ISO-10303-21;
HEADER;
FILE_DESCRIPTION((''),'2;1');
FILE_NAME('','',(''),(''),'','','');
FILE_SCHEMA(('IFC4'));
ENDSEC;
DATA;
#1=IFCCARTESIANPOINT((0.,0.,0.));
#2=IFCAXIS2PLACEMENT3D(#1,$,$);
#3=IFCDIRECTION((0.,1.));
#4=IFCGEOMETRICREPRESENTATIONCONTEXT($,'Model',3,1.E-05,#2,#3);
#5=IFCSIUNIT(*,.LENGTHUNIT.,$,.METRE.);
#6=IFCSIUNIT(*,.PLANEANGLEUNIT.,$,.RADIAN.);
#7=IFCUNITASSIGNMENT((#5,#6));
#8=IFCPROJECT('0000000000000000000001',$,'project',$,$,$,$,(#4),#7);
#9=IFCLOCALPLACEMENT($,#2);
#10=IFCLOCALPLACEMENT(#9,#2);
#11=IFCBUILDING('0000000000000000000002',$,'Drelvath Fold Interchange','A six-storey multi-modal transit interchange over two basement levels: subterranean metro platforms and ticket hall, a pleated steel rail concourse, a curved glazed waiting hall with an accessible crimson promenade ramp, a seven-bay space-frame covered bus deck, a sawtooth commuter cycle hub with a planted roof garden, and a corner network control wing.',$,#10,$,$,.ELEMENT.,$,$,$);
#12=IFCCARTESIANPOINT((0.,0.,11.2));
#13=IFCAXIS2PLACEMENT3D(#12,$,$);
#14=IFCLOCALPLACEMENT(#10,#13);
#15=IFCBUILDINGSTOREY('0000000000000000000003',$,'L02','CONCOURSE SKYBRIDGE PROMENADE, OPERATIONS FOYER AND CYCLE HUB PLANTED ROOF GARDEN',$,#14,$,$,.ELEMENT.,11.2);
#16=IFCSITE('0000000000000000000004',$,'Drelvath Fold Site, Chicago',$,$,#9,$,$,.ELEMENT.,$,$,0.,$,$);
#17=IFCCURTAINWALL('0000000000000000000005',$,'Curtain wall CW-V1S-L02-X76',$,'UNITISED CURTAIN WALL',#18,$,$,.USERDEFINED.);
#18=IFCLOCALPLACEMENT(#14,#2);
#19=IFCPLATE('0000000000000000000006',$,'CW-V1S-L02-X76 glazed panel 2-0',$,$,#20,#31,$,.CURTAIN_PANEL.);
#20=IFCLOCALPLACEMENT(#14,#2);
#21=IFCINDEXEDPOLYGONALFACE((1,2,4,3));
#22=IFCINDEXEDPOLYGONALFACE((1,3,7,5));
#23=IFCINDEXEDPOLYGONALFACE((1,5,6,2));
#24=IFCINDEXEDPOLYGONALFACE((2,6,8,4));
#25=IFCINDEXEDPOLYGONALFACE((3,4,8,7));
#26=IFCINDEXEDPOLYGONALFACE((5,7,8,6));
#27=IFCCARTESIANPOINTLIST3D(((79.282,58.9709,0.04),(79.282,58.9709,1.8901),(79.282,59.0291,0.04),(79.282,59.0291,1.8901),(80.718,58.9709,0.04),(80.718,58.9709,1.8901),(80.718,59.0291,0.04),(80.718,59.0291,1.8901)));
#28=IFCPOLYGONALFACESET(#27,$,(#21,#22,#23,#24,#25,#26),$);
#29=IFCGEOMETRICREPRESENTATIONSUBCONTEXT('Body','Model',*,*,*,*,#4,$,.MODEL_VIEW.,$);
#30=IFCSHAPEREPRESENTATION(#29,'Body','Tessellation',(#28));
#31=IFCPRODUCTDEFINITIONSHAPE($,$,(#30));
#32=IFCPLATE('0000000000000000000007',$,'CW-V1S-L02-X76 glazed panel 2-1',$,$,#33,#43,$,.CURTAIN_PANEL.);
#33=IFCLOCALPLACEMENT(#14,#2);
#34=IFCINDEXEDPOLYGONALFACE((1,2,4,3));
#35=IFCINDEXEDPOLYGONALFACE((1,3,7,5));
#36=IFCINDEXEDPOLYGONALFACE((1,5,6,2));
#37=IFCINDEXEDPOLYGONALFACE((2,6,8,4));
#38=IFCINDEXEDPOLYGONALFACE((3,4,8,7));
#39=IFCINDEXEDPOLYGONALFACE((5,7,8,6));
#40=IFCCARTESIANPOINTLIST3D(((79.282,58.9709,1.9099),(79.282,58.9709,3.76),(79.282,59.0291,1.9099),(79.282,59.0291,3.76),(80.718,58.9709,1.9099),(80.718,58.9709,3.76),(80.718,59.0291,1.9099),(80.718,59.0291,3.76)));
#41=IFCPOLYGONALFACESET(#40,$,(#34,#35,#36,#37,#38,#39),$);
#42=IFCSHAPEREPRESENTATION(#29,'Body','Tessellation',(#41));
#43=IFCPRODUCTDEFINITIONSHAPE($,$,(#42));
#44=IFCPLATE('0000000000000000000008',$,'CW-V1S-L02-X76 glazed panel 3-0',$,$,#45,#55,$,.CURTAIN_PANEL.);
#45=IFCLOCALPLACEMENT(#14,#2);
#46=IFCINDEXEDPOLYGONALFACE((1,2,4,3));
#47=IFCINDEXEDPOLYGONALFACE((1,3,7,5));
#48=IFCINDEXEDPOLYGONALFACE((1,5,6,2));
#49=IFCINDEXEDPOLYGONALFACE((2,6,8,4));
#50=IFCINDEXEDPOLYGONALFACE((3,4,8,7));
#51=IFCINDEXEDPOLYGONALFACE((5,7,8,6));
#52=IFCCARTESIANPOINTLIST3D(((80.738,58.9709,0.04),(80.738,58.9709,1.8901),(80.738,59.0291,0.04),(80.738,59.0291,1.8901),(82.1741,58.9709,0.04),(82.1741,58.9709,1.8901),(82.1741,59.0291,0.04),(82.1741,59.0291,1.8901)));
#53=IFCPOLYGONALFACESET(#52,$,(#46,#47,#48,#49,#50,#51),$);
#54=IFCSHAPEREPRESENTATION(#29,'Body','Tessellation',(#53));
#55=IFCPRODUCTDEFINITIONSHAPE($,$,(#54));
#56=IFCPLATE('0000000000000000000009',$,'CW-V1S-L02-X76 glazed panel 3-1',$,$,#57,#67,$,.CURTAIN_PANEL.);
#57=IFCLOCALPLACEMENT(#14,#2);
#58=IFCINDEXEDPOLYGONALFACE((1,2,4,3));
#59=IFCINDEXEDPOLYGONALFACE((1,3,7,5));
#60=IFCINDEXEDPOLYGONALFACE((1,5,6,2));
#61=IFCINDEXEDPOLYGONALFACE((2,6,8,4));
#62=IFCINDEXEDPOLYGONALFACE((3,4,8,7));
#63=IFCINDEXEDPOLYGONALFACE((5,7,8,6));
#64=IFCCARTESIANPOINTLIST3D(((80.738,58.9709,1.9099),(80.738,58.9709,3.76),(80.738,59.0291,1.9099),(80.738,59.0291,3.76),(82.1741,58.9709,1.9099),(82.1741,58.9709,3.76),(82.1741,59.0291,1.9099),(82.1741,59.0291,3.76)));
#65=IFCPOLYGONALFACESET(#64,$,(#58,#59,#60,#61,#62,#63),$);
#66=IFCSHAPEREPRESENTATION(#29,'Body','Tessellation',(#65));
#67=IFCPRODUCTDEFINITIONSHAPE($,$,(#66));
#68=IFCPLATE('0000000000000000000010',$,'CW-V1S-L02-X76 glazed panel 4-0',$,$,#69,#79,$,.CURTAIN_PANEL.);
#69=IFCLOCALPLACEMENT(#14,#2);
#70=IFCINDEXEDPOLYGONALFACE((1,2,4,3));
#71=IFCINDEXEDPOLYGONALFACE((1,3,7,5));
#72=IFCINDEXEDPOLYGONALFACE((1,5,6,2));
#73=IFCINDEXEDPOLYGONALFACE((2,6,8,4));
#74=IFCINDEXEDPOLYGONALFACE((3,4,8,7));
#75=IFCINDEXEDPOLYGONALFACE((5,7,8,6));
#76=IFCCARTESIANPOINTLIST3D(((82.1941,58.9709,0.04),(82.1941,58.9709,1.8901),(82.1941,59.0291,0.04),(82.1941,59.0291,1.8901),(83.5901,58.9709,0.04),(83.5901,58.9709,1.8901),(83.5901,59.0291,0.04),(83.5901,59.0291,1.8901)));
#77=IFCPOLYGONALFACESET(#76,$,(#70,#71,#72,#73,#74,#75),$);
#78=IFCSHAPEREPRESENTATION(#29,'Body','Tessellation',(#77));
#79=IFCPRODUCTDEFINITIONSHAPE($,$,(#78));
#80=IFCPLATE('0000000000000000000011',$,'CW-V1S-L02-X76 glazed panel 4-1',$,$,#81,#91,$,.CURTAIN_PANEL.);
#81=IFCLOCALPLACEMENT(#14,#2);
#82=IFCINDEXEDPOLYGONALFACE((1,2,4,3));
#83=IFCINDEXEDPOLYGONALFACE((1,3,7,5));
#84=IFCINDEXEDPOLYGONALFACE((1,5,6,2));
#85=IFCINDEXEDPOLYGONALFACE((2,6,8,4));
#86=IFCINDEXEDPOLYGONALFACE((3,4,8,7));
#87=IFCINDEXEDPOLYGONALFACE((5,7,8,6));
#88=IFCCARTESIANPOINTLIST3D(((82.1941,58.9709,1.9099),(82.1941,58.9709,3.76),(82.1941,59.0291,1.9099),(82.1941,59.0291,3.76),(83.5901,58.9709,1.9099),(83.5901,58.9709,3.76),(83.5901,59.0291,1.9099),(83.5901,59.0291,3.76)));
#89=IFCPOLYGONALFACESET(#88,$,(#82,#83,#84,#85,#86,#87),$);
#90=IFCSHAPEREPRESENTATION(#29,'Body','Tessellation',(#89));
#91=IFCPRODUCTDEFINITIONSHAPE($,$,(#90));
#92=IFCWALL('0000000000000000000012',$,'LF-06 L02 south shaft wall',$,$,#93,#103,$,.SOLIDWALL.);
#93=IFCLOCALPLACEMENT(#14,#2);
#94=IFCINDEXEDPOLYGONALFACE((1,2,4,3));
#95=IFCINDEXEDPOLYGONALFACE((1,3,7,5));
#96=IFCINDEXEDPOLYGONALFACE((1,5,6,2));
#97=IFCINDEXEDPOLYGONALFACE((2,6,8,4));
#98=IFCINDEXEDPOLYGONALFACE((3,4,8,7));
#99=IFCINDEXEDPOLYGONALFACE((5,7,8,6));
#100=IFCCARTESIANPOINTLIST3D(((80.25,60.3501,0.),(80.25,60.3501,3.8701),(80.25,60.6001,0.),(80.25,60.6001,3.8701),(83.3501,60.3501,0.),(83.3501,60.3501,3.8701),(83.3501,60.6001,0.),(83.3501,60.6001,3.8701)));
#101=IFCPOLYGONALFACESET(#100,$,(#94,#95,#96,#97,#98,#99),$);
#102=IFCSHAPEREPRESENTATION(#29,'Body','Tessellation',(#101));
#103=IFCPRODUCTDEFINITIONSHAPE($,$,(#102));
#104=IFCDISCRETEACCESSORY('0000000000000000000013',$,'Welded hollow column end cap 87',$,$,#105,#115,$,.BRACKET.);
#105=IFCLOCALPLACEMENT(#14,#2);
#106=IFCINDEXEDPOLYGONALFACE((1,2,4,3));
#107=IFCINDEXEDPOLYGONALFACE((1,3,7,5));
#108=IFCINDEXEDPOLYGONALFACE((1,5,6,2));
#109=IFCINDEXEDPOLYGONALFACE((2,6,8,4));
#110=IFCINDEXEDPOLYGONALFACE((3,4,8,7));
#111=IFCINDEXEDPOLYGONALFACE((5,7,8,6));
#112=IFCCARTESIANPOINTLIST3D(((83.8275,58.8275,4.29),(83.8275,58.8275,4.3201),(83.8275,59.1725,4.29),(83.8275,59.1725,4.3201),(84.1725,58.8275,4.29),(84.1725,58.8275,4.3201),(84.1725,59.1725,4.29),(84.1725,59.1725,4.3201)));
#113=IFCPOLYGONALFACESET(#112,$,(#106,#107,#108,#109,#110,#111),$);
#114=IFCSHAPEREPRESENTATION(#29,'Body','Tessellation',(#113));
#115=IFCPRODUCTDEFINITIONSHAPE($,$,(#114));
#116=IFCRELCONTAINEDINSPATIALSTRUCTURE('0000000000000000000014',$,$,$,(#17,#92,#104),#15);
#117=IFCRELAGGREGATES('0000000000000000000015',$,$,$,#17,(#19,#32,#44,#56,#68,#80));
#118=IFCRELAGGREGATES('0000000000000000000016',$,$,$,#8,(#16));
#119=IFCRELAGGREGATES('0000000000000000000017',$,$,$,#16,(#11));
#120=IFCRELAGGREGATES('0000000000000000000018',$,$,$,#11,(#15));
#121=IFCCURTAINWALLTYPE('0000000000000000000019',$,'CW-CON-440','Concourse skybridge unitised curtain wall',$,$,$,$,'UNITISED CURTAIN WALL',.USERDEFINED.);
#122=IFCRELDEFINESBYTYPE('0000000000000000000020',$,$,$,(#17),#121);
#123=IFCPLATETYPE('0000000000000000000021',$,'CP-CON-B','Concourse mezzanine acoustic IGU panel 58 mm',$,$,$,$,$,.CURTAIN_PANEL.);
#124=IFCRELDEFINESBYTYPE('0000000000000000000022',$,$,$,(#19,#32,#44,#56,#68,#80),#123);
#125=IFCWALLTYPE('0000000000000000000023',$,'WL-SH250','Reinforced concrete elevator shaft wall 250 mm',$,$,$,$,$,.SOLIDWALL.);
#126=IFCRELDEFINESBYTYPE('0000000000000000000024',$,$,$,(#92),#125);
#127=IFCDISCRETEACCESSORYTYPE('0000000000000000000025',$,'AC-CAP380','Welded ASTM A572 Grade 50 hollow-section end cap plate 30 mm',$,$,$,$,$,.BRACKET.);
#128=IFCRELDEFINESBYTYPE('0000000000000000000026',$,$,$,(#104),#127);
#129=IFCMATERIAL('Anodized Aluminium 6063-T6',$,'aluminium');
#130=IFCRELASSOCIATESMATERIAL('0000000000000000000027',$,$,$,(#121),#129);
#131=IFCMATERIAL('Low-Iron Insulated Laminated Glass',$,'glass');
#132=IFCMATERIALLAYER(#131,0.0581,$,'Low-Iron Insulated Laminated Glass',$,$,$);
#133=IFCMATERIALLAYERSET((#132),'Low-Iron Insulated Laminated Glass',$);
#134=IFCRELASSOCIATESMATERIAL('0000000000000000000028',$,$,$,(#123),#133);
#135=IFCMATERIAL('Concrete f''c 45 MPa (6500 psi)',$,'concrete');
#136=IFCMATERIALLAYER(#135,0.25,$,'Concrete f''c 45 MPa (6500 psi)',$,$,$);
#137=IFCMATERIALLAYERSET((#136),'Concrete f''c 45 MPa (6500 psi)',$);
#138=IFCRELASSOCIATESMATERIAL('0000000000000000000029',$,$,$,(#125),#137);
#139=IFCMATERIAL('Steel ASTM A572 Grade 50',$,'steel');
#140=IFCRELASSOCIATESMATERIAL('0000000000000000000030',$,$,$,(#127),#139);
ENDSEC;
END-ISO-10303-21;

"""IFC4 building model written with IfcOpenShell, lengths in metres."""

from ifc_helpers import new_model, si_unit, direction, frame, frame_2d, origin, origin_2d, place, context, subcontext, project, spatial, rectangle, extrude, material, layer, layer_set, type_object, element, aggregate, save


model = new_model("IFC4")

# Units and contexts
model_context = context("Model", 3, precision=1e-05, world=origin(), true_north=direction((0.0, 1.0)))
body_context = subcontext(model_context, "Body", "Model", "MODEL_VIEW")
ifc_project = project(units=[si_unit("LENGTHUNIT", "METRE"), si_unit("PLANEANGLEUNIT", "RADIAN")], contexts=[model_context])

# Site, building, storey
site_placement = place(None, origin())
site = spatial("IfcSite", under=ifc_project, at=site_placement, Name="Drelvath Fold Site, Chicago", CompositionType="ELEMENT", RefElevation=0.0)
building_placement = place(site_placement, origin())
building = spatial("IfcBuilding", under=site, at=building_placement, Name="Drelvath Fold Interchange", Description="A six-storey multi-modal transit interchange over two basement levels: subterranean metro platforms and ticket hall, a pleated steel rail concourse, a curved glazed waiting hall with an accessible crimson promenade ramp, a seven-bay space-frame covered bus deck, a sawtooth commuter cycle hub with a planted roof garden, and a corner network control wing.", CompositionType="ELEMENT")
storey_placement = place(building_placement, frame((0.0, 0.0, 11.2)))
storey = spatial("IfcBuildingStorey", under=building, at=storey_placement, Name="L02", Description="CONCOURSE SKYBRIDGE PROMENADE, OPERATIONS FOYER AND CYCLE HUB PLANTED ROOF GARDEN", CompositionType="ELEMENT", Elevation=11.2)

# Shared definitions
ifc_material_1 = material(Name="Anodized Aluminium 6063-T6", Category="aluminium")
curtain_wall_type = type_object("IfcCurtainWallType", Name="CW-CON-440", Description="Concourse skybridge unitised curtain wall", ElementType="UNITISED CURTAIN WALL", PredefinedType="USERDEFINED", material=ifc_material_1)

# Curtain wall
curtain_wall_1_placement = place(storey_placement, origin())
curtain_wall_1 = element("IfcCurtainWall", 1, at=curtain_wall_1_placement, inside=storey, type_object=curtain_wall_type, Name="Curtain wall CW-V1S-L02-X76", ObjectType="UNITISED CURTAIN WALL", PredefinedType="USERDEFINED")

# Plates
ifc_material_2 = material(Name="Low-Iron Insulated Laminated Glass", Category="glass")
ifc_layer_1 = layer(ifc_material_2, 0.0581, Name="Low-Iron Insulated Laminated Glass")
ifc_layer_set_1 = layer_set([ifc_layer_1], Name="Low-Iron Insulated Laminated Glass")
plate_type = type_object("IfcPlateType", Name="CP-CON-B", Description="Concourse mezzanine acoustic IGU panel 58 mm", PredefinedType="CURTAIN_PANEL", material=ifc_layer_set_1)
plate_1_placement = place(storey_placement, frame((80.0, 59.0, 0.04), z_axis=(0.0, 0.0, 1.0), x_axis=(1.0, 0.0, 0.0)))
plate_1 = element("IfcPlate", 2, at=plate_1_placement, type_object=plate_type, Name="CW-V1S-L02-X76 glazed panel 2-0", PredefinedType="CURTAIN_PANEL", context=body_context, shape_type="SweptSolid", body=[
    extrude(rectangle(XDim=1.436, YDim=0.0581, at=origin_2d()), origin(), (0.0, 0.0, 1.0), 1.8501),
])
plate_2_placement = place(storey_placement, frame((80.0, 59.0, 1.9099), z_axis=(0.0, 0.0, 1.0), x_axis=(1.0, 0.0, 0.0)))
plate_2 = element("IfcPlate", 3, at=plate_2_placement, type_object=plate_type, Name="CW-V1S-L02-X76 glazed panel 2-1", PredefinedType="CURTAIN_PANEL", context=body_context, shape_type="SweptSolid", body=[
    extrude(rectangle(XDim=1.436, YDim=0.0581, at=origin_2d()), origin(), (0.0, 0.0, 1.0), 1.8501),
])
plate_3_placement = place(storey_placement, frame((81.4561, 59.0, 0.04), z_axis=(0.0, 0.0, 1.0), x_axis=(1.0, 0.0, 0.0)))
plate_3 = element("IfcPlate", 4, at=plate_3_placement, type_object=plate_type, Name="CW-V1S-L02-X76 glazed panel 3-0", PredefinedType="CURTAIN_PANEL", context=body_context, shape_type="SweptSolid", body=[
    extrude(rectangle(XDim=1.436, YDim=0.0581, at=origin_2d()), origin(), (0.0, 0.0, 1.0), 1.8501),
])
plate_4_placement = place(storey_placement, frame((81.4561, 59.0, 1.9099), z_axis=(0.0, 0.0, 1.0), x_axis=(1.0, 0.0, 0.0)))
plate_4 = element("IfcPlate", 5, at=plate_4_placement, type_object=plate_type, Name="CW-V1S-L02-X76 glazed panel 3-1", PredefinedType="CURTAIN_PANEL", context=body_context, shape_type="SweptSolid", body=[
    extrude(rectangle(XDim=1.436, YDim=0.0581, at=origin_2d()), origin(), (0.0, 0.0, 1.0), 1.8501),
])
plate_5_placement = place(storey_placement, frame((82.8921, 59.0, 0.04), z_axis=(0.0, 0.0, 1.0), x_axis=(1.0, 0.0, 0.0)))
plate_5 = element("IfcPlate", 6, at=plate_5_placement, type_object=plate_type, Name="CW-V1S-L02-X76 glazed panel 4-0", PredefinedType="CURTAIN_PANEL", context=body_context, shape_type="SweptSolid", body=[
    extrude(rectangle(XDim=1.396, YDim=0.0581, at=origin_2d()), origin(), (0.0, 0.0, 1.0), 1.8501),
])
plate_6_placement = place(storey_placement, frame((82.8921, 59.0, 1.9099), z_axis=(0.0, 0.0, 1.0), x_axis=(1.0, 0.0, 0.0)))
plate_6 = element("IfcPlate", 7, at=plate_6_placement, type_object=plate_type, Name="CW-V1S-L02-X76 glazed panel 4-1", PredefinedType="CURTAIN_PANEL", context=body_context, shape_type="SweptSolid", body=[
    extrude(rectangle(XDim=1.396, YDim=0.0581, at=origin_2d()), origin(), (0.0, 0.0, 1.0), 1.8501),
])
aggregate(curtain_wall_1, [plate_1, plate_2, plate_3, plate_4, plate_5, plate_6])

# Wall
ifc_material_3 = material(Name="Concrete f'c 45 MPa (6500 psi)", Category="concrete")
ifc_layer_2 = layer(ifc_material_3, 0.25, Name="Concrete f'c 45 MPa (6500 psi)")
ifc_layer_set_2 = layer_set([ifc_layer_2], Name="Concrete f'c 45 MPa (6500 psi)")
wall_type = type_object("IfcWallType", Name="WL-SH250", Description="Reinforced concrete elevator shaft wall 250 mm", PredefinedType="SOLIDWALL", material=ifc_layer_set_2)
wall_placement = place(storey_placement, frame((80.25, 60.4751, 0.0), z_axis=(0.0, 0.0, 1.0), x_axis=(1.0, 0.0, 0.0)))
element("IfcWall", 8, at=wall_placement, inside=storey, type_object=wall_type, Name="LF-06 L02 south shaft wall", PredefinedType="SOLIDWALL", context=body_context, shape_type="SweptSolid", body=[
    extrude(rectangle(XDim=3.1001, YDim=0.25, at=frame_2d((1.55, 0.0))), origin(), (0.0, 0.0, 1.0), 3.8701),
])

# Discrete accessory
ifc_material_4 = material(Name="Steel ASTM A572 Grade 50", Category="steel")
discrete_accessory_type = type_object("IfcDiscreteAccessoryType", Name="AC-CAP380", Description="Welded ASTM A572 Grade 50 hollow-section end cap plate 30 mm", PredefinedType="BRACKET", material=ifc_material_4)
discrete_accessory_placement = place(storey_placement, frame((84.0, 59.0, 4.29), z_axis=(0.0, 0.0, 1.0), x_axis=(1.0, 0.0, 0.0)))
element("IfcDiscreteAccessory", 9, at=discrete_accessory_placement, inside=storey, type_object=discrete_accessory_type, Name="Welded hollow column end cap 87", PredefinedType="BRACKET", context=body_context, shape_type="SweptSolid", body=[
    extrude(rectangle(XDim=0.345, YDim=0.345, at=origin_2d()), origin(), (0.0, 0.0, 1.0), 0.03),
])

save(model, "model.ifc")
